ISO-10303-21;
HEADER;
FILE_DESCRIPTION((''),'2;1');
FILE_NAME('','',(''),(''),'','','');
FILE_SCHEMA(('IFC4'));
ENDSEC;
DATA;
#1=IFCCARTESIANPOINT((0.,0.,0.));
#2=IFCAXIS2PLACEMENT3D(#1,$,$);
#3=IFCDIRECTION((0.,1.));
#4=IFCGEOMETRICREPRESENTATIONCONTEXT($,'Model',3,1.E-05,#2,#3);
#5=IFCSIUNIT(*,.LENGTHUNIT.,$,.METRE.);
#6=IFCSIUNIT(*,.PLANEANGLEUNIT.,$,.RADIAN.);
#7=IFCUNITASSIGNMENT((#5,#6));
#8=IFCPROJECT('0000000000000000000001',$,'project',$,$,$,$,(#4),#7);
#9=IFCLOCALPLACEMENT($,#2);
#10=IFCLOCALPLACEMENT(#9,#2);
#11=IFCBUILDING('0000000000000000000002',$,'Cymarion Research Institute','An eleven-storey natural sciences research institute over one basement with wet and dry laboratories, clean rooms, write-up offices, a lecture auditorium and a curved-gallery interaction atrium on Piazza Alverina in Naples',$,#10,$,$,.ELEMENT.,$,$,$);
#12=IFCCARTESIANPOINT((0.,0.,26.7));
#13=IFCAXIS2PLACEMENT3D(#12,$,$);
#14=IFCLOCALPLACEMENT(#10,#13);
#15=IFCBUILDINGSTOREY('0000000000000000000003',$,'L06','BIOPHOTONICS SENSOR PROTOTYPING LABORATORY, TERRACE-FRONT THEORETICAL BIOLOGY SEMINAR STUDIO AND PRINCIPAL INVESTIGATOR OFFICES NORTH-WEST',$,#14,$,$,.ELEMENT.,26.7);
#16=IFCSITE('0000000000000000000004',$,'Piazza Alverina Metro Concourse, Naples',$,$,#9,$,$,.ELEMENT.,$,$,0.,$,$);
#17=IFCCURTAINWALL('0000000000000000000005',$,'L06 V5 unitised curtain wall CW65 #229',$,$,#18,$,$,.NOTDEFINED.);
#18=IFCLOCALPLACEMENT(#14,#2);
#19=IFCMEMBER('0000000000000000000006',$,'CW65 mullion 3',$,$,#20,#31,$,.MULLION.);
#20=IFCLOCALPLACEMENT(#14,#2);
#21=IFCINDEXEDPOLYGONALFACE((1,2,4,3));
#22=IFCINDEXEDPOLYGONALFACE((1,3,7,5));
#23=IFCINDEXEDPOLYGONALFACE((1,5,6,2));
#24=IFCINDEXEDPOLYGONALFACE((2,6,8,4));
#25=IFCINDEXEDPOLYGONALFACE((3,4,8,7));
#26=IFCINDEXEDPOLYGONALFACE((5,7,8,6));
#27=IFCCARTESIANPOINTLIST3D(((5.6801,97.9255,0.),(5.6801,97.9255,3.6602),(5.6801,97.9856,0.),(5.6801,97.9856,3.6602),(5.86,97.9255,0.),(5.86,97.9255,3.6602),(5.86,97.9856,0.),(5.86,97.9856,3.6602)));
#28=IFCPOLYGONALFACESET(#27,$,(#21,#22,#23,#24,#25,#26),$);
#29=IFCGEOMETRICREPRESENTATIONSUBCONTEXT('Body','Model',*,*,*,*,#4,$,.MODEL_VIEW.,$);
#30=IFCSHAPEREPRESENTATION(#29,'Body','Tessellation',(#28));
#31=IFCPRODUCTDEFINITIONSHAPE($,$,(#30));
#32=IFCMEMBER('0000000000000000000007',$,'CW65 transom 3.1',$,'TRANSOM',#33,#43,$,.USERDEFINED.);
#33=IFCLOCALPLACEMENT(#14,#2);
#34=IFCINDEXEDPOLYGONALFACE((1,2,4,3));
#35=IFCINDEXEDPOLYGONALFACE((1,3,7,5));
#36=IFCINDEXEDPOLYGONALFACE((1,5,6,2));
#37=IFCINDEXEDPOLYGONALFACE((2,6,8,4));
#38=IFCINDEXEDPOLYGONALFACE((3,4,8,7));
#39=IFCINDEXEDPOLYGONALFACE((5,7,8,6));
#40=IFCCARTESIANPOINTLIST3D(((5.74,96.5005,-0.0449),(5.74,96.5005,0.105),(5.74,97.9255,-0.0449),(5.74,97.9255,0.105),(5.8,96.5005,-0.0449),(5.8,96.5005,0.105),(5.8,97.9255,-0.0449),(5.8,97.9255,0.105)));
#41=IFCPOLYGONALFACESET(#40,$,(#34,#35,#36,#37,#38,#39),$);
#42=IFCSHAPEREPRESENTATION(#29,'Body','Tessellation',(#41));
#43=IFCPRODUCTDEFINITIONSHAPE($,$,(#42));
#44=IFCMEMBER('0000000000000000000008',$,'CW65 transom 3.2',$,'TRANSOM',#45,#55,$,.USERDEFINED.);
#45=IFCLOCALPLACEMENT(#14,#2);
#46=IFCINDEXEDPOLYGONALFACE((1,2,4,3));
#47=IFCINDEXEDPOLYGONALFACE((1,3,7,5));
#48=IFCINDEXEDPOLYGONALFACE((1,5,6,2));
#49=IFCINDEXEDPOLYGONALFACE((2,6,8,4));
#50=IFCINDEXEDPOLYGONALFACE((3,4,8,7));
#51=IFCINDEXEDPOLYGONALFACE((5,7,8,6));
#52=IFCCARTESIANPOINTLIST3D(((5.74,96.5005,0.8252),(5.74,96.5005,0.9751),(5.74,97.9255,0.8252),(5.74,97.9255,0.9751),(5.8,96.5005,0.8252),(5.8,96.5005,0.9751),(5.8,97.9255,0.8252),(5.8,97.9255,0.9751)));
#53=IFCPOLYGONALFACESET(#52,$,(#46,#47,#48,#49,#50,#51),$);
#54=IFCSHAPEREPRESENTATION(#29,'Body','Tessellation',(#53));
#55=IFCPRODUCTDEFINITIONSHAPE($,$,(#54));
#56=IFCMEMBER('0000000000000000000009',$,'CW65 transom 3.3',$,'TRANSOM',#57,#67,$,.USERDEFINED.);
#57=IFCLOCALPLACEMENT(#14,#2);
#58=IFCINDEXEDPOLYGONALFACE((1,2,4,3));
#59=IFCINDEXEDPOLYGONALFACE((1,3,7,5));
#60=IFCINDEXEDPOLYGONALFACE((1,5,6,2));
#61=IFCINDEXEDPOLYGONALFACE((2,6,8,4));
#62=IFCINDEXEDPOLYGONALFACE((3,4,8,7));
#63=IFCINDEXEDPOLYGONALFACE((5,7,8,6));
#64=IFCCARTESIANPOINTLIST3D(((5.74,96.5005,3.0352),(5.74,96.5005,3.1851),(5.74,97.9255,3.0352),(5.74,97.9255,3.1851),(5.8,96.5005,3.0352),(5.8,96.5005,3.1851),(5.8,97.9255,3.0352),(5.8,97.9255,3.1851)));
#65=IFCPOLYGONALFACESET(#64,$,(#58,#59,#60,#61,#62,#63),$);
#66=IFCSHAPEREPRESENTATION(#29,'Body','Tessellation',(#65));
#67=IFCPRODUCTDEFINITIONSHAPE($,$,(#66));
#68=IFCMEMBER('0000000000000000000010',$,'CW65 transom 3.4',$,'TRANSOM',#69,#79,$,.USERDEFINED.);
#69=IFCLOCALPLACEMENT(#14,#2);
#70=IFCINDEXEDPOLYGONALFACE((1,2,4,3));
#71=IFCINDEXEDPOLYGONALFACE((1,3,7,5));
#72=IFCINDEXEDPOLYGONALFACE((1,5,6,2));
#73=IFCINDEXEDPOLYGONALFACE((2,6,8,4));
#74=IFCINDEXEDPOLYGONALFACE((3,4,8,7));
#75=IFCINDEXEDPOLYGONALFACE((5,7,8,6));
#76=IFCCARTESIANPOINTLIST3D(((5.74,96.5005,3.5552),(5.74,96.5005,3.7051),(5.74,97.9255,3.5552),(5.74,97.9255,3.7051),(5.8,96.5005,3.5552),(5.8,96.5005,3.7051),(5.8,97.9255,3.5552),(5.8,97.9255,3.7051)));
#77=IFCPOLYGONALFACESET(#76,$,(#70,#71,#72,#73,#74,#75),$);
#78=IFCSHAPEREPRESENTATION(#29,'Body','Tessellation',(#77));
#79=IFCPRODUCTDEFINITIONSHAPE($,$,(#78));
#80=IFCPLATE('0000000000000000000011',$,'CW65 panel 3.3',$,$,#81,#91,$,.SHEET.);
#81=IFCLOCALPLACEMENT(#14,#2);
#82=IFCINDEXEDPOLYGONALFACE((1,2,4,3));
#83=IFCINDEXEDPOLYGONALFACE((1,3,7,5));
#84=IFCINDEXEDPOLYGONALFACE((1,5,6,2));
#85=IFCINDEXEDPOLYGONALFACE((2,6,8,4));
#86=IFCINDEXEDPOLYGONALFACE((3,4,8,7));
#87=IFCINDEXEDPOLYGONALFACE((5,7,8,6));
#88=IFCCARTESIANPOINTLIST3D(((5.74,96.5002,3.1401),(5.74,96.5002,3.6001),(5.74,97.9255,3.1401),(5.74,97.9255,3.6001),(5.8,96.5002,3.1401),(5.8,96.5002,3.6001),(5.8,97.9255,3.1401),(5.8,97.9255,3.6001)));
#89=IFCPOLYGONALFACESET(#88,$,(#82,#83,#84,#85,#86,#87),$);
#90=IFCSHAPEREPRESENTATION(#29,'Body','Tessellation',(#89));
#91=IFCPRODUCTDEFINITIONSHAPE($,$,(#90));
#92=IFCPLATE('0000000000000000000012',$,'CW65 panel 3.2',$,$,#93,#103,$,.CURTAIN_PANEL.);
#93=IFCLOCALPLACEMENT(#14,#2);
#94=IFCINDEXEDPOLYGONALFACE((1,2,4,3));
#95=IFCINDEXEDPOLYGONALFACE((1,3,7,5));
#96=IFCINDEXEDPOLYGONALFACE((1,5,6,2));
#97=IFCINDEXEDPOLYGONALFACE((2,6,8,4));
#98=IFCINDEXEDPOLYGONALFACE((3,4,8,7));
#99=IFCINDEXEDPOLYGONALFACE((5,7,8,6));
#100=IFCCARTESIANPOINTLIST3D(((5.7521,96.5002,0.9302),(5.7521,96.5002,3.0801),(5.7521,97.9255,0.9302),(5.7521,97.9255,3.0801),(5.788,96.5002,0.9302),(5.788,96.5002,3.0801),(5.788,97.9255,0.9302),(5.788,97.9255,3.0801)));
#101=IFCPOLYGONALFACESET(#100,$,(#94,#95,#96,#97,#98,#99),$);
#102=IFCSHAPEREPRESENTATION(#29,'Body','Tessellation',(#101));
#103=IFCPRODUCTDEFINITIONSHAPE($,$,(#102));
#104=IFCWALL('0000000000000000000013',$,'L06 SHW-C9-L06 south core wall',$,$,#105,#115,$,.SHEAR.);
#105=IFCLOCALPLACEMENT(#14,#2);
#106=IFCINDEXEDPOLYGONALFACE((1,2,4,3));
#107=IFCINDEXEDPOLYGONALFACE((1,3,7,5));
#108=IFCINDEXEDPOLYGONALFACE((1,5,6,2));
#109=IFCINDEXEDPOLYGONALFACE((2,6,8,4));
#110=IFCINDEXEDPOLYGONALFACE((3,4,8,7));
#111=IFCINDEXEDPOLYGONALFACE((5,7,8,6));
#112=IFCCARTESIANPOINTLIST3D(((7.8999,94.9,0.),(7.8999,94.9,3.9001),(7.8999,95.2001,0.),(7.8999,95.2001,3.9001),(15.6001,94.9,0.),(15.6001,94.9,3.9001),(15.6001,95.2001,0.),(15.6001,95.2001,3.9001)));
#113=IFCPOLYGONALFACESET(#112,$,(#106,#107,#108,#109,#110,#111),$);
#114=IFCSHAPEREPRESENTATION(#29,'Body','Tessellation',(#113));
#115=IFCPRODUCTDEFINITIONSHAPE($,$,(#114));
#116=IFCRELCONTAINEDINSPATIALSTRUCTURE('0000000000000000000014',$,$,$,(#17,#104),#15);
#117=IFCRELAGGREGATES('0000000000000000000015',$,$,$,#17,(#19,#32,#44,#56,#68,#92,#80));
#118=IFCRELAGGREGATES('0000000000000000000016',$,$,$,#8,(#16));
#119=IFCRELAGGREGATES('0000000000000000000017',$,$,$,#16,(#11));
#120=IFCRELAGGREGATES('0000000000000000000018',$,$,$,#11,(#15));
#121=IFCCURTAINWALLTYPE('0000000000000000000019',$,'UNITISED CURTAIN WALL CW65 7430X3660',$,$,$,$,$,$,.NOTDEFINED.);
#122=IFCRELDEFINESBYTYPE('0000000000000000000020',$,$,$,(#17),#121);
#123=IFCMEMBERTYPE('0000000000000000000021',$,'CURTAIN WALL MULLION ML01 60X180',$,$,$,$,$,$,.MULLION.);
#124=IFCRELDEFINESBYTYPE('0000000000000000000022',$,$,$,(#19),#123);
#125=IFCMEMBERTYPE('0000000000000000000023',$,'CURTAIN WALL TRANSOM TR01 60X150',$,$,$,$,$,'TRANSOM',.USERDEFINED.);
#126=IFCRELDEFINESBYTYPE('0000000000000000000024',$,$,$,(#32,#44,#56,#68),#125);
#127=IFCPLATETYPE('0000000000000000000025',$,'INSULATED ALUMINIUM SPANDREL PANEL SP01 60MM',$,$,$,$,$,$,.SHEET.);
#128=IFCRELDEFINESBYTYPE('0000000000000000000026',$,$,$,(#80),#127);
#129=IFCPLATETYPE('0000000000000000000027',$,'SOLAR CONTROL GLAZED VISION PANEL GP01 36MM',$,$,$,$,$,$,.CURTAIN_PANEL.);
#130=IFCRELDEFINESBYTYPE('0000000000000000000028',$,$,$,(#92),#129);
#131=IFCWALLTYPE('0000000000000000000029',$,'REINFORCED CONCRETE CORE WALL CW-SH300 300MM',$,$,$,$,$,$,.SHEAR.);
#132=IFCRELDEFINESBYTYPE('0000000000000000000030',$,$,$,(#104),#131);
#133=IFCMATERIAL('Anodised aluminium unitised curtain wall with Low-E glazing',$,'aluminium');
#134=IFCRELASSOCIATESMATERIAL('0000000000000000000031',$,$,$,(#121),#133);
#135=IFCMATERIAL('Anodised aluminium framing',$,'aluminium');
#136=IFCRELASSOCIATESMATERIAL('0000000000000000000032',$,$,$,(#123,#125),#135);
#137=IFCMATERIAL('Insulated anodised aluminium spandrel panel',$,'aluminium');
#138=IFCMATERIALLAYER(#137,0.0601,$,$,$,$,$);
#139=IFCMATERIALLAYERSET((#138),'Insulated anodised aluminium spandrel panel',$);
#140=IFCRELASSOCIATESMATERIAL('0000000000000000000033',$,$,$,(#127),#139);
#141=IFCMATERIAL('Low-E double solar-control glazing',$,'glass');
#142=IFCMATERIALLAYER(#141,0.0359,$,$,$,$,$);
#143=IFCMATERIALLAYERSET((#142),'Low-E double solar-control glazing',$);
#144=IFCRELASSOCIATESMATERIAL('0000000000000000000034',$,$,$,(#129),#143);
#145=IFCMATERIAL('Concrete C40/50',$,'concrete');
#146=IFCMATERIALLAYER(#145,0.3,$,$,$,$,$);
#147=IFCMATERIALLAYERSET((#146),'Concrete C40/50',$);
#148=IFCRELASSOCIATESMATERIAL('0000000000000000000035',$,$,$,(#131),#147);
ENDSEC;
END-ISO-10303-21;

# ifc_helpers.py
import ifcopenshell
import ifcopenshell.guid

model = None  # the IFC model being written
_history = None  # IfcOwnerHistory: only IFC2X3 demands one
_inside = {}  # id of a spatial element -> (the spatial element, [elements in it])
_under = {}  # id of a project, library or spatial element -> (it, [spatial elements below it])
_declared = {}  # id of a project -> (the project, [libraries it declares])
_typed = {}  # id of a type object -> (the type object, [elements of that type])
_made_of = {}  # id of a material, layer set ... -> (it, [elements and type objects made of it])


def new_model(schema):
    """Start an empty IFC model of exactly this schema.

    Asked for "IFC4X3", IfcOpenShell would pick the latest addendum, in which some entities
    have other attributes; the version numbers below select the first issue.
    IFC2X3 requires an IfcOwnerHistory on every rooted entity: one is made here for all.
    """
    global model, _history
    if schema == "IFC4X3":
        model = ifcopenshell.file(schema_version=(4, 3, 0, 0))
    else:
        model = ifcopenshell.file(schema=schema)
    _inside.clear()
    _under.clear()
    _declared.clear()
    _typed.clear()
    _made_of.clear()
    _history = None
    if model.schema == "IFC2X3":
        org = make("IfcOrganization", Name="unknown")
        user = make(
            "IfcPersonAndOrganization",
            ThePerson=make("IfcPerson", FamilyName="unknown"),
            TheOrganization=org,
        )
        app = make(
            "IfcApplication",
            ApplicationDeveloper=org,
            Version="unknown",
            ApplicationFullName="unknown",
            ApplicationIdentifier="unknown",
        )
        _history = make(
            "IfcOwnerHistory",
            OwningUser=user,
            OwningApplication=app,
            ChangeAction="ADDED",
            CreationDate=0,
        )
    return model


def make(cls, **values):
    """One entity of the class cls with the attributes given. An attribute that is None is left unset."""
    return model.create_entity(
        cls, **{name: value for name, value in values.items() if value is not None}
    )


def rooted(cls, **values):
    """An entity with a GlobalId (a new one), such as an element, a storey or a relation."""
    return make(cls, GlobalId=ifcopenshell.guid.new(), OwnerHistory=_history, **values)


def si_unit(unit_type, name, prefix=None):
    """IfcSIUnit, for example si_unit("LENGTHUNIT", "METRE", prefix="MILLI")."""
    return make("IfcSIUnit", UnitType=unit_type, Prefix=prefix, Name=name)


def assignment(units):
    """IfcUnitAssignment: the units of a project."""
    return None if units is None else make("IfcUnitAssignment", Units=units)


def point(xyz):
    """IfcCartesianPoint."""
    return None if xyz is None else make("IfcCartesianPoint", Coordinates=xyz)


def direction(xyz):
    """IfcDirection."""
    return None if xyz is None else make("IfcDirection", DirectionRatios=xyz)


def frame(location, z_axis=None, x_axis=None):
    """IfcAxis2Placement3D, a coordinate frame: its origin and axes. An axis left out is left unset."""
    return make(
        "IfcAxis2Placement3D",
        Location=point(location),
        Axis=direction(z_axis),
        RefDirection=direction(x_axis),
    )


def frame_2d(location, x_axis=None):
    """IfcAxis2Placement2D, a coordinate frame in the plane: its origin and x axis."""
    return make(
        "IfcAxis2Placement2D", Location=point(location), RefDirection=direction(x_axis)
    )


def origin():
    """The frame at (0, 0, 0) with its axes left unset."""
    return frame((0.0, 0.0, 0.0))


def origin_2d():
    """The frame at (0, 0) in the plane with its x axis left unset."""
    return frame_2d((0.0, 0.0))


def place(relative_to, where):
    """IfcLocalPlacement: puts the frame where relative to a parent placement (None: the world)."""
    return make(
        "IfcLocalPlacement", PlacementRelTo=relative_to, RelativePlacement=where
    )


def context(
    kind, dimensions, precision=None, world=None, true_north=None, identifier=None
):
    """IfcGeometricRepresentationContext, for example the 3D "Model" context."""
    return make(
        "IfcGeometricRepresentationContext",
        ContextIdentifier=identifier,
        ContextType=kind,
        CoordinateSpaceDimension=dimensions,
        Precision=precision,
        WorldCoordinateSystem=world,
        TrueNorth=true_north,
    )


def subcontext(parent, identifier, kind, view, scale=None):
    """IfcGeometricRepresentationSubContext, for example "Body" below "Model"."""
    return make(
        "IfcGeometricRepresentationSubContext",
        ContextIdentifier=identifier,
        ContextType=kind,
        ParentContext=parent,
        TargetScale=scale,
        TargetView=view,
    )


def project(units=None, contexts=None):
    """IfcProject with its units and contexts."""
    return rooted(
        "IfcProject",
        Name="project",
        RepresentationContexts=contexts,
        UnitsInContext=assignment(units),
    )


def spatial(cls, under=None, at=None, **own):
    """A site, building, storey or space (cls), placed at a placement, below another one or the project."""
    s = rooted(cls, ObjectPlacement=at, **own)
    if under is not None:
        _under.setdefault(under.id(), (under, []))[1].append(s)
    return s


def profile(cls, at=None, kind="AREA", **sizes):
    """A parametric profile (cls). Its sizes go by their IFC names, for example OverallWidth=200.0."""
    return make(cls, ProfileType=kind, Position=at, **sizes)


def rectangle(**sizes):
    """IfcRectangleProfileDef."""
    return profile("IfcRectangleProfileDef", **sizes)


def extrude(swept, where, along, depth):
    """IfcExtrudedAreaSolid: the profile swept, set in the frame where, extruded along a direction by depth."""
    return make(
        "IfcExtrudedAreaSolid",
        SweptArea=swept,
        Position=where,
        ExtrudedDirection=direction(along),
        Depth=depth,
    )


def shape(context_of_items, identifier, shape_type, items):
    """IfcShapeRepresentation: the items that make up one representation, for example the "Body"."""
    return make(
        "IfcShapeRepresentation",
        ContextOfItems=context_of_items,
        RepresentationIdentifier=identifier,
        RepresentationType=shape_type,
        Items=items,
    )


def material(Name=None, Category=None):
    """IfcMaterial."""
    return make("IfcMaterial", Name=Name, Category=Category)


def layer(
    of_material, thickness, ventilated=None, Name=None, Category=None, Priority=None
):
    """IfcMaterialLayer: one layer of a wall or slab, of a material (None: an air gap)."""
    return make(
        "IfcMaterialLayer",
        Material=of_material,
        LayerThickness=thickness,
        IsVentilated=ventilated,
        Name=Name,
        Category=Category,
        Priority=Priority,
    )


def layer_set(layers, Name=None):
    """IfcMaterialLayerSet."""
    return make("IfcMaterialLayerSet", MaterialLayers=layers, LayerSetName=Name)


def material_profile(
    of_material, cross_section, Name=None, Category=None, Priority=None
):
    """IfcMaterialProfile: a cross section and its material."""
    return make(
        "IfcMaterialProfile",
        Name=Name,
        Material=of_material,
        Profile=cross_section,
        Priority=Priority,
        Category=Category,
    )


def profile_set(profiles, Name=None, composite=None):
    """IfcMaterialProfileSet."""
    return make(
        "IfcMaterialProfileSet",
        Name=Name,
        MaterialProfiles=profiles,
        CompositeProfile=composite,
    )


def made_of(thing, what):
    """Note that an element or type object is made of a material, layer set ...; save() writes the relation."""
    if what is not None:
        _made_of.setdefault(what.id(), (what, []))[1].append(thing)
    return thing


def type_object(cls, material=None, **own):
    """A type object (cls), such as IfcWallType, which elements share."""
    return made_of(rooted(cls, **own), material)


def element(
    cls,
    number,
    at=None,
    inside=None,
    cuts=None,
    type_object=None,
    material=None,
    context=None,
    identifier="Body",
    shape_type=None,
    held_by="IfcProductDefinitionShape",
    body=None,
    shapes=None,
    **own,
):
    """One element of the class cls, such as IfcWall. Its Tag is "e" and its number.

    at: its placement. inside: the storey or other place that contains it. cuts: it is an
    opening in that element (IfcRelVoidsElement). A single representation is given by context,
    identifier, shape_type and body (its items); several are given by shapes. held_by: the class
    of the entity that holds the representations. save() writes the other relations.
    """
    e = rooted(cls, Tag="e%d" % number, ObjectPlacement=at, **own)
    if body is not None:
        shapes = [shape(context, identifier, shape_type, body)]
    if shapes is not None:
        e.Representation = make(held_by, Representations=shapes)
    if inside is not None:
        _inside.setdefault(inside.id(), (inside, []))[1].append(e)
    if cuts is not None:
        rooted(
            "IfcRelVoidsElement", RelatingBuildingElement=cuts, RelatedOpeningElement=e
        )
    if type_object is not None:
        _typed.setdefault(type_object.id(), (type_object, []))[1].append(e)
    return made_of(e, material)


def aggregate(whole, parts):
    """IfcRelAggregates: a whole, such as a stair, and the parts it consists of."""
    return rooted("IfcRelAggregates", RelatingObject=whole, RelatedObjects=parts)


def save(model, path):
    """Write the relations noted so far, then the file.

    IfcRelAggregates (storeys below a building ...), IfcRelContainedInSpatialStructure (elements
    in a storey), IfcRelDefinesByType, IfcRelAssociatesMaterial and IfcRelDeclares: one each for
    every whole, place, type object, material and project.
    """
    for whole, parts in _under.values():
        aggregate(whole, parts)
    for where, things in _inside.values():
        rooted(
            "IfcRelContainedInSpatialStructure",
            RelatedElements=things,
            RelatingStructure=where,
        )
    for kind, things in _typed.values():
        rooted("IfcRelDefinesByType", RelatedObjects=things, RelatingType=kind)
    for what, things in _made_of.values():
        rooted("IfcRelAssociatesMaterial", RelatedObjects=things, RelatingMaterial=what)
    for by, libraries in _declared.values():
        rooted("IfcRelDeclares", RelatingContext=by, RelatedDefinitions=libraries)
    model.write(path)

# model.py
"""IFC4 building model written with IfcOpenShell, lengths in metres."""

from ifc_helpers import new_model, si_unit, direction, frame, frame_2d, origin, origin_2d, place, context, subcontext, project, spatial, rectangle, extrude, material, layer, layer_set, material_profile, profile_set, type_object, element, aggregate, save


model = new_model("IFC4")

# Units and contexts
model_context = context("Model", 3, precision=1e-05, world=origin(), true_north=direction((0.0, 1.0)))
body_context = subcontext(model_context, "Body", "Model", "MODEL_VIEW")
ifc_project = project(units=[si_unit("LENGTHUNIT", "METRE"), si_unit("PLANEANGLEUNIT", "RADIAN")], contexts=[model_context])

# Site, building, storey
site_placement = place(None, origin())
site = spatial("IfcSite", under=ifc_project, at=site_placement, Name="Piazza Alverina Metro Concourse, Naples", CompositionType="ELEMENT", RefElevation=0.0)
building_placement = place(site_placement, origin())
building = spatial("IfcBuilding", under=site, at=building_placement, Name="Cymarion Research Institute", Description="An eleven-storey natural sciences research institute over one basement with wet and dry laboratories, clean rooms, write-up offices, a lecture auditorium and a curved-gallery interaction atrium on Piazza Alverina in Naples", CompositionType="ELEMENT")
storey_placement = place(building_placement, frame((0.0, 0.0, 26.7)))
storey = spatial("IfcBuildingStorey", under=building, at=storey_placement, Name="L06", Description="BIOPHOTONICS SENSOR PROTOTYPING LABORATORY, TERRACE-FRONT THEORETICAL BIOLOGY SEMINAR STUDIO AND PRINCIPAL INVESTIGATOR OFFICES NORTH-WEST", CompositionType="ELEMENT", Elevation=26.7)

# Curtain wall, members, plates
ifc_material_1 = material(Name="Anodised aluminium unitised curtain wall with Low-E glazing", Category="aluminium")
curtain_wall_type = type_object("IfcCurtainWallType", Name="UNITISED CURTAIN WALL CW65 7430X3660", PredefinedType="NOTDEFINED", material=ifc_material_1)
curtain_wall_placement = place(storey_placement, origin())
curtain_wall = element("IfcCurtainWall", 1, at=curtain_wall_placement, inside=storey, type_object=curtain_wall_type, Name="L06 V5 unitised curtain wall CW65 #229", PredefinedType="NOTDEFINED")
ifc_material_2 = material(Name="Anodised aluminium framing", Category="aluminium")
ifc_material_profile_1 = material_profile(ifc_material_2, rectangle(XDim=0.0601, YDim=0.1799, at=origin_2d()), Name="ALU MULLION 60x180")
ifc_profile_set_1 = profile_set([ifc_material_profile_1], Name="Anodised aluminium framing")
member_type_1 = type_object("IfcMemberType", Name="CURTAIN WALL MULLION ML01 60X180", PredefinedType="MULLION", material=ifc_profile_set_1)
member_1_placement = place(storey_placement, frame((5.77, 97.9556, 0.0), z_axis=(0.0, 0.0, 1.0), x_axis=(0.0, -1.0, 0.0)))
member_1 = element("IfcMember", 2, at=member_1_placement, type_object=member_type_1, Name="CW65 mullion 3", PredefinedType="MULLION", context=body_context, shape_type="SweptSolid", body=[
    extrude(rectangle(XDim=0.0601, YDim=0.1799, at=origin_2d()), origin(), (0.0, 0.0, 1.0), 3.6602),
])
ifc_material_profile_2 = material_profile(ifc_material_2, rectangle(XDim=0.0601, YDim=0.1499, at=origin_2d()), Name="ALU TRANSOM 60x150")
ifc_profile_set_2 = profile_set([ifc_material_profile_2], Name="Anodised aluminium framing")
member_type_2 = type_object("IfcMemberType", Name="CURTAIN WALL TRANSOM TR01 60X150", ElementType="TRANSOM", PredefinedType="USERDEFINED", material=ifc_profile_set_2)
member_2_placement = place(storey_placement, frame((5.77, 97.9255, 0.03), z_axis=(0.0, -1.0, 0.0), x_axis=(1.0, 0.0, 0.0)))
member_2 = element("IfcMember", 3, at=member_2_placement, type_object=member_type_2, Name="CW65 transom 3.1", ObjectType="TRANSOM", PredefinedType="USERDEFINED", context=body_context, shape_type="SweptSolid", body=[
    extrude(rectangle(XDim=0.0601, YDim=0.1499, at=origin_2d()), origin(), (0.0, 0.0, 1.0), 1.425),
])
member_3_placement = place(storey_placement, frame((5.77, 97.9255, 0.9001), z_axis=(0.0, -1.0, 0.0), x_axis=(1.0, 0.0, 0.0)))
member_3 = element("IfcMember", 4, at=member_3_placement, type_object=member_type_2, Name="CW65 transom 3.2", ObjectType="TRANSOM", PredefinedType="USERDEFINED", context=body_context, shape_type="SweptSolid", body=[
    extrude(rectangle(XDim=0.0601, YDim=0.1499, at=origin_2d()), origin(), (0.0, 0.0, 1.0), 1.425),
])
member_4_placement = place(storey_placement, frame((5.77, 97.9255, 3.1101), z_axis=(0.0, -1.0, 0.0), x_axis=(1.0, 0.0, 0.0)))
member_4 = element("IfcMember", 5, at=member_4_placement, type_object=member_type_2, Name="CW65 transom 3.3", ObjectType="TRANSOM", PredefinedType="USERDEFINED", context=body_context, shape_type="SweptSolid", body=[
    extrude(rectangle(XDim=0.0601, YDim=0.1499, at=origin_2d()), origin(), (0.0, 0.0, 1.0), 1.425),
])
member_5_placement = place(storey_placement, frame((5.77, 97.9255, 3.6301), z_axis=(0.0, -1.0, 0.0), x_axis=(1.0, 0.0, 0.0)))
member_5 = element("IfcMember", 6, at=member_5_placement, type_object=member_type_2, Name="CW65 transom 3.4", ObjectType="TRANSOM", PredefinedType="USERDEFINED", context=body_context, shape_type="SweptSolid", body=[
    extrude(rectangle(XDim=0.0601, YDim=0.1499, at=origin_2d()), origin(), (0.0, 0.0, 1.0), 1.425),
])
ifc_material_3 = material(Name="Insulated anodised aluminium spandrel panel", Category="aluminium")
ifc_layer_1 = layer(ifc_material_3, 0.0601)
ifc_layer_set_1 = layer_set([ifc_layer_1], Name="Insulated anodised aluminium spandrel panel")
plate_type_1 = type_object("IfcPlateType", Name="INSULATED ALUMINIUM SPANDREL PANEL SP01 60MM", PredefinedType="SHEET", material=ifc_layer_set_1)
plate_1_placement = place(storey_placement, frame((5.77, 97.2129, 3.1401), z_axis=(0.0, 0.0, 1.0), x_axis=(0.0, -1.0, 0.0)))
plate_1 = element("IfcPlate", 7, at=plate_1_placement, type_object=plate_type_1, Name="CW65 panel 3.3", PredefinedType="SHEET", context=body_context, shape_type="SweptSolid", body=[
    extrude(rectangle(XDim=1.4253, YDim=0.0601, at=origin_2d()), origin(), (0.0, 0.0, 1.0), 0.46),
])
ifc_material_4 = material(Name="Low-E double solar-control glazing", Category="glass")
ifc_layer_2 = layer(ifc_material_4, 0.0359)
ifc_layer_set_2 = layer_set([ifc_layer_2], Name="Low-E double solar-control glazing")
plate_type_2 = type_object("IfcPlateType", Name="SOLAR CONTROL GLAZED VISION PANEL GP01 36MM", PredefinedType="CURTAIN_PANEL", material=ifc_layer_set_2)
plate_2_placement = place(storey_placement, frame((5.77, 97.2129, 0.9302), z_axis=(0.0, 0.0, 1.0), x_axis=(0.0, -1.0, 0.0)))
plate_2 = element("IfcPlate", 8, at=plate_2_placement, type_object=plate_type_2, Name="CW65 panel 3.2", PredefinedType="CURTAIN_PANEL", context=body_context, shape_type="SweptSolid", body=[
    extrude(rectangle(XDim=1.4253, YDim=0.0359, at=origin_2d()), origin(), (0.0, 0.0, 1.0), 2.1499),
])
aggregate(curtain_wall, [member_1, member_2, member_3, member_4, member_5, plate_2, plate_1])

# Wall
ifc_material_5 = material(Name="Concrete C40/50", Category="concrete")
ifc_layer_3 = layer(ifc_material_5, 0.3)
ifc_layer_set_3 = layer_set([ifc_layer_3], Name="Concrete C40/50")
wall_type_1 = type_object("IfcWallType", Name="REINFORCED CONCRETE CORE WALL CW-SH300 300MM", PredefinedType="SHEAR", material=ifc_layer_set_3)
wall_1_placement = place(storey_placement, frame((7.8999, 95.05, 0.0), z_axis=(0.0, 0.0, 1.0), x_axis=(1.0, 0.0, 0.0)))
element("IfcWall", 9, at=wall_1_placement, inside=storey, type_object=wall_type_1, Name="L06 SHW-C9-L06 south core wall", PredefinedType="SHEAR", context=body_context, shape_type="SweptSolid", body=[
    extrude(rectangle(XDim=7.7002, YDim=0.3, at=frame_2d((3.8501, 0.0))), origin(), (0.0, 0.0, 1.0), 3.9001),
])

save(model, "model.ifc")
